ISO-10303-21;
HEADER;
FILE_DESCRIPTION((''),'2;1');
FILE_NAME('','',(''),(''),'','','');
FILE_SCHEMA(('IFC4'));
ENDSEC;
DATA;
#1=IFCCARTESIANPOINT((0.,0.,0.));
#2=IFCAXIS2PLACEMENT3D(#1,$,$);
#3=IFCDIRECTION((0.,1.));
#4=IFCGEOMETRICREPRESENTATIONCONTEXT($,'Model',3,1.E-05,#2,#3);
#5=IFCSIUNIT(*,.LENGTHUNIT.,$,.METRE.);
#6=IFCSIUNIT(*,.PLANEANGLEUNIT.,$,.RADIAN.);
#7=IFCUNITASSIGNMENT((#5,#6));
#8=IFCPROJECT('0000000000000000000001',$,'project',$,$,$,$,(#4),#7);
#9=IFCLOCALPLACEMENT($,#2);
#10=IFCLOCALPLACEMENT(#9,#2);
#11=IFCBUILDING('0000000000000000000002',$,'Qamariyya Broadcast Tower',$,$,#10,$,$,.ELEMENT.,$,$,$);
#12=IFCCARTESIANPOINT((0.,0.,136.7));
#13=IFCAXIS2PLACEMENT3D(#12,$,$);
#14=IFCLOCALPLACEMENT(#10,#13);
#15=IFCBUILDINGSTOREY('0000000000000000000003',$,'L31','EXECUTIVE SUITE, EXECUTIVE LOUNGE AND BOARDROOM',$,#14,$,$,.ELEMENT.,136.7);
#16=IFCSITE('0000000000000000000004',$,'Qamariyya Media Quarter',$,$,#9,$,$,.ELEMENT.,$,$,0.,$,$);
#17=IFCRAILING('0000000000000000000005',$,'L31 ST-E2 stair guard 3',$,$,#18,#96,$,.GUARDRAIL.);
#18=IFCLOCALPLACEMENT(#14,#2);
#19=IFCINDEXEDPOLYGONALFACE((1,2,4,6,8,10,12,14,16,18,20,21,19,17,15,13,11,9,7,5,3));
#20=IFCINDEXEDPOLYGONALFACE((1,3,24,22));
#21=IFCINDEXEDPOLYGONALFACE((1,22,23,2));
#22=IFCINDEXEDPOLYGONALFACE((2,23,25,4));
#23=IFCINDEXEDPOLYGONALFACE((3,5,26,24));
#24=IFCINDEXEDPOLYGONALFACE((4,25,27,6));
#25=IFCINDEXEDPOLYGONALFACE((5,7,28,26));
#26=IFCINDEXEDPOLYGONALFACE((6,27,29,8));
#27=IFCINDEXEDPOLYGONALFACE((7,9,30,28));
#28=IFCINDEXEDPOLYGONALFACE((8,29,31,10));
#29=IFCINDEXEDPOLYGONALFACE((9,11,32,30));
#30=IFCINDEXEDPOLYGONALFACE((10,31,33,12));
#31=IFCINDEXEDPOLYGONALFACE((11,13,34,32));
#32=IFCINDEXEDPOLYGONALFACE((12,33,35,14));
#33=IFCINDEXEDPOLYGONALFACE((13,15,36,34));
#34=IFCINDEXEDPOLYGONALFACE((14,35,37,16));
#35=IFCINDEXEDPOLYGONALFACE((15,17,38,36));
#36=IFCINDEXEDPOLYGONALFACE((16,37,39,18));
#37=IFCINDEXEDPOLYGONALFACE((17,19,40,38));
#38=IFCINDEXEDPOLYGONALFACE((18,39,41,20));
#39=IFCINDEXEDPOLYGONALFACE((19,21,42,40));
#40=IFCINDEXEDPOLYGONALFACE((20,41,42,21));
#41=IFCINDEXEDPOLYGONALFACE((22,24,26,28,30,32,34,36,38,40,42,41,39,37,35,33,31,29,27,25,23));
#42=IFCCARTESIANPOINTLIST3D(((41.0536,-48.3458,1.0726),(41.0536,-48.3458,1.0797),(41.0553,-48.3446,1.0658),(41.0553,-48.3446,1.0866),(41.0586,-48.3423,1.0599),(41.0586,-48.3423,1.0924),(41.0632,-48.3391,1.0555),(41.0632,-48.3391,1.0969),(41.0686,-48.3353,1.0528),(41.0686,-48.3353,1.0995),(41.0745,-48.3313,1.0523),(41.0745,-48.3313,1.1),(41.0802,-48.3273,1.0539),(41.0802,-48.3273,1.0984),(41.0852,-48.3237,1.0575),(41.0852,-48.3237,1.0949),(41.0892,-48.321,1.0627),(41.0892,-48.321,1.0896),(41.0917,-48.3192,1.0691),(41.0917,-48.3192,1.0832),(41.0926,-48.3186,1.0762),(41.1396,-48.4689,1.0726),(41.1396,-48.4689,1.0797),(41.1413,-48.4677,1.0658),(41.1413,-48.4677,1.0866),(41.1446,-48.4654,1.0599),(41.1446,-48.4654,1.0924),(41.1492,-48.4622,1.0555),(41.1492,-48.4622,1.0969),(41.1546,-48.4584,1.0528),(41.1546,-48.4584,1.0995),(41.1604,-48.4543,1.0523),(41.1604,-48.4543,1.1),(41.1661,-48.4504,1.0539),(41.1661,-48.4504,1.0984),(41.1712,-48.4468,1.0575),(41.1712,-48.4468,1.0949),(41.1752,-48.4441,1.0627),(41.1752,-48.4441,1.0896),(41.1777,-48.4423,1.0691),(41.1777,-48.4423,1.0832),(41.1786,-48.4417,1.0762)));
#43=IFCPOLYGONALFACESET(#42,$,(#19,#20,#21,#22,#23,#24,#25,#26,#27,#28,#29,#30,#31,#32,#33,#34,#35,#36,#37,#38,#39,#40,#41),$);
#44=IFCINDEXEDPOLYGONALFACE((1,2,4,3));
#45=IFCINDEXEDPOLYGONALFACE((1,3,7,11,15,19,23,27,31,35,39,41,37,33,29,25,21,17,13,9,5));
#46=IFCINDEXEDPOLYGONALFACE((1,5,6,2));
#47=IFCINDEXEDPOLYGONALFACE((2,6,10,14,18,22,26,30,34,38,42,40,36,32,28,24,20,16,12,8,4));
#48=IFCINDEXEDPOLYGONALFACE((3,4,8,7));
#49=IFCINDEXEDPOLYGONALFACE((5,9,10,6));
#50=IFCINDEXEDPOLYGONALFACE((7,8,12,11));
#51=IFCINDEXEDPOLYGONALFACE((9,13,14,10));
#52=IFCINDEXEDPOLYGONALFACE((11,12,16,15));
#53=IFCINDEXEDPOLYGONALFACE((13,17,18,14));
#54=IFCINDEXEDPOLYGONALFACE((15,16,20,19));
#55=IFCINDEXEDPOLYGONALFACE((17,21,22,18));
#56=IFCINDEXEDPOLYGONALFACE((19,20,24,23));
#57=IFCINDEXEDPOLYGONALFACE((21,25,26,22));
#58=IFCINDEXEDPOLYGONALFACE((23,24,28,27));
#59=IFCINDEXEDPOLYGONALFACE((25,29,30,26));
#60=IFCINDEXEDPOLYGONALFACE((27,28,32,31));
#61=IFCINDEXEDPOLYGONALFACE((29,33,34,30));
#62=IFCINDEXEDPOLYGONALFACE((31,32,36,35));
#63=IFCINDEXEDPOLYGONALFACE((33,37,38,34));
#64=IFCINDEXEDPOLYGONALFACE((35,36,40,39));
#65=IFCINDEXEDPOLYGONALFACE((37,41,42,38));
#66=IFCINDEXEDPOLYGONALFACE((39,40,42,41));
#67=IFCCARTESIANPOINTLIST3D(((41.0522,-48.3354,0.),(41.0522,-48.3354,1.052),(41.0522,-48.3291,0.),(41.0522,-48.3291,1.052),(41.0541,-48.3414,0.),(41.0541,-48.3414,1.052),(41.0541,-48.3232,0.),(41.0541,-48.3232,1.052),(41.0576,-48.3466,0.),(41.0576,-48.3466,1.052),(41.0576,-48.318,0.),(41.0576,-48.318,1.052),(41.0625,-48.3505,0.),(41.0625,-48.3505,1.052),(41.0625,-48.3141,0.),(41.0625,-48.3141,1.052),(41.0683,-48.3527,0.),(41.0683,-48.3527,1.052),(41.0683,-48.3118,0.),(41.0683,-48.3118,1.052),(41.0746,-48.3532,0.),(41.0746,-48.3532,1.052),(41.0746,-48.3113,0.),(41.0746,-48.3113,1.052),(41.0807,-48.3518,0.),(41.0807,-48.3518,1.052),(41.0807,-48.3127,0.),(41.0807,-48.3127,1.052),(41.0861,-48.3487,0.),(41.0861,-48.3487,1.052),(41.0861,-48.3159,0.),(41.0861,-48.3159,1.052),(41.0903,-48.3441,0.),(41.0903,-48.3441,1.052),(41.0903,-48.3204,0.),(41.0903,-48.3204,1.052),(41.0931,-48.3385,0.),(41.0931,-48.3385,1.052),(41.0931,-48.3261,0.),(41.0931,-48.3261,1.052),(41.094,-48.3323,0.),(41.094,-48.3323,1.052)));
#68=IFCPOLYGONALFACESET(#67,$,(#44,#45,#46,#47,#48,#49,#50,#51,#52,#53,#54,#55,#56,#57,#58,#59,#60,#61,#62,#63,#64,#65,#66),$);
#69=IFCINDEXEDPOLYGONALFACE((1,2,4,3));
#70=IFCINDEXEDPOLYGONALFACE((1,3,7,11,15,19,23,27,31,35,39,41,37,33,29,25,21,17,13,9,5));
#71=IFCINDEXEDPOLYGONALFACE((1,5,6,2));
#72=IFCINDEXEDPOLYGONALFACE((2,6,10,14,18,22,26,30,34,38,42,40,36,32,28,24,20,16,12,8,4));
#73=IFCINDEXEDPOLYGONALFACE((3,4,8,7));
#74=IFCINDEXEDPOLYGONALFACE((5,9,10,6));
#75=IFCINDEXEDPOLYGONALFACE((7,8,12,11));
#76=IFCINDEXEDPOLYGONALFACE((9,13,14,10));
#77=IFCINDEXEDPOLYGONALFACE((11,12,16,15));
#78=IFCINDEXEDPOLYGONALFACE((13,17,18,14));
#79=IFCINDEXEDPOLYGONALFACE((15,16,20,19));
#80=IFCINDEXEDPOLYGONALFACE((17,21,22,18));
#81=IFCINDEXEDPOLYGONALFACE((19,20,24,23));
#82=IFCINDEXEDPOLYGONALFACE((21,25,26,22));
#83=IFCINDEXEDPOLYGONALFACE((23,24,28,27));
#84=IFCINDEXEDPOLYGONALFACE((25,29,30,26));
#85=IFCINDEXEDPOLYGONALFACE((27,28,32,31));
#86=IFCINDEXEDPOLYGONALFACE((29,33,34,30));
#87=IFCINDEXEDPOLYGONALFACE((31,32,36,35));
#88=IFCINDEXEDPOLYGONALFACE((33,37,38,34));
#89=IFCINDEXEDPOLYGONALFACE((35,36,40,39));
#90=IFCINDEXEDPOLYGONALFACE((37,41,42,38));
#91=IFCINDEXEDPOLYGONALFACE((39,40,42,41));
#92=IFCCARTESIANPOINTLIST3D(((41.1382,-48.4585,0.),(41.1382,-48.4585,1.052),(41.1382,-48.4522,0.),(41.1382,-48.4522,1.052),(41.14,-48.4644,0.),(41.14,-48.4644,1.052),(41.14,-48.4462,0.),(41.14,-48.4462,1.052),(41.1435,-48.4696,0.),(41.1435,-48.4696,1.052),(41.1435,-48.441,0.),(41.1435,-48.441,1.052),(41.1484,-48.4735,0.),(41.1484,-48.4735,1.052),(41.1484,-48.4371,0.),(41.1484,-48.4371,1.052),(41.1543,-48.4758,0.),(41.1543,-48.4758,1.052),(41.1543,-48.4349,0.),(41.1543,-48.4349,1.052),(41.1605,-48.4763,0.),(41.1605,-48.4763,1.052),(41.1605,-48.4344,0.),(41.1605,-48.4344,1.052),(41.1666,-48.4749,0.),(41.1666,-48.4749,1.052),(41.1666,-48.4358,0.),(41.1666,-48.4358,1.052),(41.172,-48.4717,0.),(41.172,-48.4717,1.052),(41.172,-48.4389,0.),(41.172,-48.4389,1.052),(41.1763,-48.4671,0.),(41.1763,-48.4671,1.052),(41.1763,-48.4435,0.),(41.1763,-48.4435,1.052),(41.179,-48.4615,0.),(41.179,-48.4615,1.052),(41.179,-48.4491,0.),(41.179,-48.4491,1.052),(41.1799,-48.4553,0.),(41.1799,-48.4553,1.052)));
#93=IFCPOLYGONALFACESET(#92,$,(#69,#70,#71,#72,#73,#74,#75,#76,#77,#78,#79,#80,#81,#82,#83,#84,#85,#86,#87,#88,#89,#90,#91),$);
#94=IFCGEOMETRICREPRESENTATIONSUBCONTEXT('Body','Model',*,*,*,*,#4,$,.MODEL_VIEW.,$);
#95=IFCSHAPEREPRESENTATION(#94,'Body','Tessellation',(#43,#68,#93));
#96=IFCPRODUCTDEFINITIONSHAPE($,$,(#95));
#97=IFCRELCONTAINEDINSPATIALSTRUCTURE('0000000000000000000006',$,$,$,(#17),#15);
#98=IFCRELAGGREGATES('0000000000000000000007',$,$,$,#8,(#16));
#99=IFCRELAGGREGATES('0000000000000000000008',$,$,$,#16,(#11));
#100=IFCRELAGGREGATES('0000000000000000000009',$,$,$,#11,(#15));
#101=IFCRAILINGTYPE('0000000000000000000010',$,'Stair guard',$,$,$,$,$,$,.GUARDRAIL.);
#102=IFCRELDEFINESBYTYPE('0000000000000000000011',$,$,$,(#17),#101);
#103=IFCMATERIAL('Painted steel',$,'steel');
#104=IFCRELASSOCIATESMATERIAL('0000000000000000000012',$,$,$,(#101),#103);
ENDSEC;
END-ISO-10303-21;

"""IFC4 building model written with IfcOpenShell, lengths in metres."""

from ifc_helpers import new_model, si_unit, direction, frame, origin, origin_2d, place, context, subcontext, project, spatial, circle, extrude, material, type_object, element, save


model = new_model("IFC4")

# Units and contexts
model_context = context("Model", 3, precision=1e-05, world=origin(), true_north=direction((0.0, 1.0)))
body_context = subcontext(model_context, "Body", "Model", "MODEL_VIEW")
ifc_project = project(units=[si_unit("LENGTHUNIT", "METRE"), si_unit("PLANEANGLEUNIT", "RADIAN")], contexts=[model_context])

# Site, building, storey
site_placement = place(None, origin())
site = spatial("IfcSite", under=ifc_project, at=site_placement, Name="Qamariyya Media Quarter", CompositionType="ELEMENT", RefElevation=0.0)
building_placement = place(site_placement, origin())
building = spatial("IfcBuilding", under=site, at=building_placement, Name="Qamariyya Broadcast Tower", CompositionType="ELEMENT")
storey_placement = place(building_placement, frame((0.0, 0.0, 136.7)))
storey = spatial("IfcBuildingStorey", under=building, at=storey_placement, Name="L31", Description="EXECUTIVE SUITE, EXECUTIVE LOUNGE AND BOARDROOM", CompositionType="ELEMENT", Elevation=136.7)

# Railing
ifc_material_1 = material(Name="Painted steel", Category="steel")
railing_type_1 = type_object("IfcRailingType", Name="Stair guard", PredefinedType="GUARDRAIL", material=ifc_material_1)
railing_1_placement = place(storey_placement, frame((41.073, -48.3323, 0.0)))
element("IfcRailing", 1, at=railing_1_placement, inside=storey, type_object=railing_type_1, Name="L31 ST-E2 stair guard 3", PredefinedType="GUARDRAIL", context=body_context, shape_type="SweptSolid", body=[
    extrude(circle(Radius=0.0239, at=origin_2d()), frame((0.0, 0.0, 1.0762), z_axis=(0.572589, -0.819843, 0.0), x_axis=(0.819843, 0.572589, 0.0)), (0.0, 0.0, 1.0), 0.1501),
    extrude(circle(Radius=0.021, at=origin_2d()), origin(), (0.0, 0.0, 1.0), 1.052),
    extrude(circle(Radius=0.021, at=origin_2d()), frame((0.0859, -0.123, 0.0)), (0.0, 0.0, 1.0), 1.052),
])

save(model, "model.ifc")
